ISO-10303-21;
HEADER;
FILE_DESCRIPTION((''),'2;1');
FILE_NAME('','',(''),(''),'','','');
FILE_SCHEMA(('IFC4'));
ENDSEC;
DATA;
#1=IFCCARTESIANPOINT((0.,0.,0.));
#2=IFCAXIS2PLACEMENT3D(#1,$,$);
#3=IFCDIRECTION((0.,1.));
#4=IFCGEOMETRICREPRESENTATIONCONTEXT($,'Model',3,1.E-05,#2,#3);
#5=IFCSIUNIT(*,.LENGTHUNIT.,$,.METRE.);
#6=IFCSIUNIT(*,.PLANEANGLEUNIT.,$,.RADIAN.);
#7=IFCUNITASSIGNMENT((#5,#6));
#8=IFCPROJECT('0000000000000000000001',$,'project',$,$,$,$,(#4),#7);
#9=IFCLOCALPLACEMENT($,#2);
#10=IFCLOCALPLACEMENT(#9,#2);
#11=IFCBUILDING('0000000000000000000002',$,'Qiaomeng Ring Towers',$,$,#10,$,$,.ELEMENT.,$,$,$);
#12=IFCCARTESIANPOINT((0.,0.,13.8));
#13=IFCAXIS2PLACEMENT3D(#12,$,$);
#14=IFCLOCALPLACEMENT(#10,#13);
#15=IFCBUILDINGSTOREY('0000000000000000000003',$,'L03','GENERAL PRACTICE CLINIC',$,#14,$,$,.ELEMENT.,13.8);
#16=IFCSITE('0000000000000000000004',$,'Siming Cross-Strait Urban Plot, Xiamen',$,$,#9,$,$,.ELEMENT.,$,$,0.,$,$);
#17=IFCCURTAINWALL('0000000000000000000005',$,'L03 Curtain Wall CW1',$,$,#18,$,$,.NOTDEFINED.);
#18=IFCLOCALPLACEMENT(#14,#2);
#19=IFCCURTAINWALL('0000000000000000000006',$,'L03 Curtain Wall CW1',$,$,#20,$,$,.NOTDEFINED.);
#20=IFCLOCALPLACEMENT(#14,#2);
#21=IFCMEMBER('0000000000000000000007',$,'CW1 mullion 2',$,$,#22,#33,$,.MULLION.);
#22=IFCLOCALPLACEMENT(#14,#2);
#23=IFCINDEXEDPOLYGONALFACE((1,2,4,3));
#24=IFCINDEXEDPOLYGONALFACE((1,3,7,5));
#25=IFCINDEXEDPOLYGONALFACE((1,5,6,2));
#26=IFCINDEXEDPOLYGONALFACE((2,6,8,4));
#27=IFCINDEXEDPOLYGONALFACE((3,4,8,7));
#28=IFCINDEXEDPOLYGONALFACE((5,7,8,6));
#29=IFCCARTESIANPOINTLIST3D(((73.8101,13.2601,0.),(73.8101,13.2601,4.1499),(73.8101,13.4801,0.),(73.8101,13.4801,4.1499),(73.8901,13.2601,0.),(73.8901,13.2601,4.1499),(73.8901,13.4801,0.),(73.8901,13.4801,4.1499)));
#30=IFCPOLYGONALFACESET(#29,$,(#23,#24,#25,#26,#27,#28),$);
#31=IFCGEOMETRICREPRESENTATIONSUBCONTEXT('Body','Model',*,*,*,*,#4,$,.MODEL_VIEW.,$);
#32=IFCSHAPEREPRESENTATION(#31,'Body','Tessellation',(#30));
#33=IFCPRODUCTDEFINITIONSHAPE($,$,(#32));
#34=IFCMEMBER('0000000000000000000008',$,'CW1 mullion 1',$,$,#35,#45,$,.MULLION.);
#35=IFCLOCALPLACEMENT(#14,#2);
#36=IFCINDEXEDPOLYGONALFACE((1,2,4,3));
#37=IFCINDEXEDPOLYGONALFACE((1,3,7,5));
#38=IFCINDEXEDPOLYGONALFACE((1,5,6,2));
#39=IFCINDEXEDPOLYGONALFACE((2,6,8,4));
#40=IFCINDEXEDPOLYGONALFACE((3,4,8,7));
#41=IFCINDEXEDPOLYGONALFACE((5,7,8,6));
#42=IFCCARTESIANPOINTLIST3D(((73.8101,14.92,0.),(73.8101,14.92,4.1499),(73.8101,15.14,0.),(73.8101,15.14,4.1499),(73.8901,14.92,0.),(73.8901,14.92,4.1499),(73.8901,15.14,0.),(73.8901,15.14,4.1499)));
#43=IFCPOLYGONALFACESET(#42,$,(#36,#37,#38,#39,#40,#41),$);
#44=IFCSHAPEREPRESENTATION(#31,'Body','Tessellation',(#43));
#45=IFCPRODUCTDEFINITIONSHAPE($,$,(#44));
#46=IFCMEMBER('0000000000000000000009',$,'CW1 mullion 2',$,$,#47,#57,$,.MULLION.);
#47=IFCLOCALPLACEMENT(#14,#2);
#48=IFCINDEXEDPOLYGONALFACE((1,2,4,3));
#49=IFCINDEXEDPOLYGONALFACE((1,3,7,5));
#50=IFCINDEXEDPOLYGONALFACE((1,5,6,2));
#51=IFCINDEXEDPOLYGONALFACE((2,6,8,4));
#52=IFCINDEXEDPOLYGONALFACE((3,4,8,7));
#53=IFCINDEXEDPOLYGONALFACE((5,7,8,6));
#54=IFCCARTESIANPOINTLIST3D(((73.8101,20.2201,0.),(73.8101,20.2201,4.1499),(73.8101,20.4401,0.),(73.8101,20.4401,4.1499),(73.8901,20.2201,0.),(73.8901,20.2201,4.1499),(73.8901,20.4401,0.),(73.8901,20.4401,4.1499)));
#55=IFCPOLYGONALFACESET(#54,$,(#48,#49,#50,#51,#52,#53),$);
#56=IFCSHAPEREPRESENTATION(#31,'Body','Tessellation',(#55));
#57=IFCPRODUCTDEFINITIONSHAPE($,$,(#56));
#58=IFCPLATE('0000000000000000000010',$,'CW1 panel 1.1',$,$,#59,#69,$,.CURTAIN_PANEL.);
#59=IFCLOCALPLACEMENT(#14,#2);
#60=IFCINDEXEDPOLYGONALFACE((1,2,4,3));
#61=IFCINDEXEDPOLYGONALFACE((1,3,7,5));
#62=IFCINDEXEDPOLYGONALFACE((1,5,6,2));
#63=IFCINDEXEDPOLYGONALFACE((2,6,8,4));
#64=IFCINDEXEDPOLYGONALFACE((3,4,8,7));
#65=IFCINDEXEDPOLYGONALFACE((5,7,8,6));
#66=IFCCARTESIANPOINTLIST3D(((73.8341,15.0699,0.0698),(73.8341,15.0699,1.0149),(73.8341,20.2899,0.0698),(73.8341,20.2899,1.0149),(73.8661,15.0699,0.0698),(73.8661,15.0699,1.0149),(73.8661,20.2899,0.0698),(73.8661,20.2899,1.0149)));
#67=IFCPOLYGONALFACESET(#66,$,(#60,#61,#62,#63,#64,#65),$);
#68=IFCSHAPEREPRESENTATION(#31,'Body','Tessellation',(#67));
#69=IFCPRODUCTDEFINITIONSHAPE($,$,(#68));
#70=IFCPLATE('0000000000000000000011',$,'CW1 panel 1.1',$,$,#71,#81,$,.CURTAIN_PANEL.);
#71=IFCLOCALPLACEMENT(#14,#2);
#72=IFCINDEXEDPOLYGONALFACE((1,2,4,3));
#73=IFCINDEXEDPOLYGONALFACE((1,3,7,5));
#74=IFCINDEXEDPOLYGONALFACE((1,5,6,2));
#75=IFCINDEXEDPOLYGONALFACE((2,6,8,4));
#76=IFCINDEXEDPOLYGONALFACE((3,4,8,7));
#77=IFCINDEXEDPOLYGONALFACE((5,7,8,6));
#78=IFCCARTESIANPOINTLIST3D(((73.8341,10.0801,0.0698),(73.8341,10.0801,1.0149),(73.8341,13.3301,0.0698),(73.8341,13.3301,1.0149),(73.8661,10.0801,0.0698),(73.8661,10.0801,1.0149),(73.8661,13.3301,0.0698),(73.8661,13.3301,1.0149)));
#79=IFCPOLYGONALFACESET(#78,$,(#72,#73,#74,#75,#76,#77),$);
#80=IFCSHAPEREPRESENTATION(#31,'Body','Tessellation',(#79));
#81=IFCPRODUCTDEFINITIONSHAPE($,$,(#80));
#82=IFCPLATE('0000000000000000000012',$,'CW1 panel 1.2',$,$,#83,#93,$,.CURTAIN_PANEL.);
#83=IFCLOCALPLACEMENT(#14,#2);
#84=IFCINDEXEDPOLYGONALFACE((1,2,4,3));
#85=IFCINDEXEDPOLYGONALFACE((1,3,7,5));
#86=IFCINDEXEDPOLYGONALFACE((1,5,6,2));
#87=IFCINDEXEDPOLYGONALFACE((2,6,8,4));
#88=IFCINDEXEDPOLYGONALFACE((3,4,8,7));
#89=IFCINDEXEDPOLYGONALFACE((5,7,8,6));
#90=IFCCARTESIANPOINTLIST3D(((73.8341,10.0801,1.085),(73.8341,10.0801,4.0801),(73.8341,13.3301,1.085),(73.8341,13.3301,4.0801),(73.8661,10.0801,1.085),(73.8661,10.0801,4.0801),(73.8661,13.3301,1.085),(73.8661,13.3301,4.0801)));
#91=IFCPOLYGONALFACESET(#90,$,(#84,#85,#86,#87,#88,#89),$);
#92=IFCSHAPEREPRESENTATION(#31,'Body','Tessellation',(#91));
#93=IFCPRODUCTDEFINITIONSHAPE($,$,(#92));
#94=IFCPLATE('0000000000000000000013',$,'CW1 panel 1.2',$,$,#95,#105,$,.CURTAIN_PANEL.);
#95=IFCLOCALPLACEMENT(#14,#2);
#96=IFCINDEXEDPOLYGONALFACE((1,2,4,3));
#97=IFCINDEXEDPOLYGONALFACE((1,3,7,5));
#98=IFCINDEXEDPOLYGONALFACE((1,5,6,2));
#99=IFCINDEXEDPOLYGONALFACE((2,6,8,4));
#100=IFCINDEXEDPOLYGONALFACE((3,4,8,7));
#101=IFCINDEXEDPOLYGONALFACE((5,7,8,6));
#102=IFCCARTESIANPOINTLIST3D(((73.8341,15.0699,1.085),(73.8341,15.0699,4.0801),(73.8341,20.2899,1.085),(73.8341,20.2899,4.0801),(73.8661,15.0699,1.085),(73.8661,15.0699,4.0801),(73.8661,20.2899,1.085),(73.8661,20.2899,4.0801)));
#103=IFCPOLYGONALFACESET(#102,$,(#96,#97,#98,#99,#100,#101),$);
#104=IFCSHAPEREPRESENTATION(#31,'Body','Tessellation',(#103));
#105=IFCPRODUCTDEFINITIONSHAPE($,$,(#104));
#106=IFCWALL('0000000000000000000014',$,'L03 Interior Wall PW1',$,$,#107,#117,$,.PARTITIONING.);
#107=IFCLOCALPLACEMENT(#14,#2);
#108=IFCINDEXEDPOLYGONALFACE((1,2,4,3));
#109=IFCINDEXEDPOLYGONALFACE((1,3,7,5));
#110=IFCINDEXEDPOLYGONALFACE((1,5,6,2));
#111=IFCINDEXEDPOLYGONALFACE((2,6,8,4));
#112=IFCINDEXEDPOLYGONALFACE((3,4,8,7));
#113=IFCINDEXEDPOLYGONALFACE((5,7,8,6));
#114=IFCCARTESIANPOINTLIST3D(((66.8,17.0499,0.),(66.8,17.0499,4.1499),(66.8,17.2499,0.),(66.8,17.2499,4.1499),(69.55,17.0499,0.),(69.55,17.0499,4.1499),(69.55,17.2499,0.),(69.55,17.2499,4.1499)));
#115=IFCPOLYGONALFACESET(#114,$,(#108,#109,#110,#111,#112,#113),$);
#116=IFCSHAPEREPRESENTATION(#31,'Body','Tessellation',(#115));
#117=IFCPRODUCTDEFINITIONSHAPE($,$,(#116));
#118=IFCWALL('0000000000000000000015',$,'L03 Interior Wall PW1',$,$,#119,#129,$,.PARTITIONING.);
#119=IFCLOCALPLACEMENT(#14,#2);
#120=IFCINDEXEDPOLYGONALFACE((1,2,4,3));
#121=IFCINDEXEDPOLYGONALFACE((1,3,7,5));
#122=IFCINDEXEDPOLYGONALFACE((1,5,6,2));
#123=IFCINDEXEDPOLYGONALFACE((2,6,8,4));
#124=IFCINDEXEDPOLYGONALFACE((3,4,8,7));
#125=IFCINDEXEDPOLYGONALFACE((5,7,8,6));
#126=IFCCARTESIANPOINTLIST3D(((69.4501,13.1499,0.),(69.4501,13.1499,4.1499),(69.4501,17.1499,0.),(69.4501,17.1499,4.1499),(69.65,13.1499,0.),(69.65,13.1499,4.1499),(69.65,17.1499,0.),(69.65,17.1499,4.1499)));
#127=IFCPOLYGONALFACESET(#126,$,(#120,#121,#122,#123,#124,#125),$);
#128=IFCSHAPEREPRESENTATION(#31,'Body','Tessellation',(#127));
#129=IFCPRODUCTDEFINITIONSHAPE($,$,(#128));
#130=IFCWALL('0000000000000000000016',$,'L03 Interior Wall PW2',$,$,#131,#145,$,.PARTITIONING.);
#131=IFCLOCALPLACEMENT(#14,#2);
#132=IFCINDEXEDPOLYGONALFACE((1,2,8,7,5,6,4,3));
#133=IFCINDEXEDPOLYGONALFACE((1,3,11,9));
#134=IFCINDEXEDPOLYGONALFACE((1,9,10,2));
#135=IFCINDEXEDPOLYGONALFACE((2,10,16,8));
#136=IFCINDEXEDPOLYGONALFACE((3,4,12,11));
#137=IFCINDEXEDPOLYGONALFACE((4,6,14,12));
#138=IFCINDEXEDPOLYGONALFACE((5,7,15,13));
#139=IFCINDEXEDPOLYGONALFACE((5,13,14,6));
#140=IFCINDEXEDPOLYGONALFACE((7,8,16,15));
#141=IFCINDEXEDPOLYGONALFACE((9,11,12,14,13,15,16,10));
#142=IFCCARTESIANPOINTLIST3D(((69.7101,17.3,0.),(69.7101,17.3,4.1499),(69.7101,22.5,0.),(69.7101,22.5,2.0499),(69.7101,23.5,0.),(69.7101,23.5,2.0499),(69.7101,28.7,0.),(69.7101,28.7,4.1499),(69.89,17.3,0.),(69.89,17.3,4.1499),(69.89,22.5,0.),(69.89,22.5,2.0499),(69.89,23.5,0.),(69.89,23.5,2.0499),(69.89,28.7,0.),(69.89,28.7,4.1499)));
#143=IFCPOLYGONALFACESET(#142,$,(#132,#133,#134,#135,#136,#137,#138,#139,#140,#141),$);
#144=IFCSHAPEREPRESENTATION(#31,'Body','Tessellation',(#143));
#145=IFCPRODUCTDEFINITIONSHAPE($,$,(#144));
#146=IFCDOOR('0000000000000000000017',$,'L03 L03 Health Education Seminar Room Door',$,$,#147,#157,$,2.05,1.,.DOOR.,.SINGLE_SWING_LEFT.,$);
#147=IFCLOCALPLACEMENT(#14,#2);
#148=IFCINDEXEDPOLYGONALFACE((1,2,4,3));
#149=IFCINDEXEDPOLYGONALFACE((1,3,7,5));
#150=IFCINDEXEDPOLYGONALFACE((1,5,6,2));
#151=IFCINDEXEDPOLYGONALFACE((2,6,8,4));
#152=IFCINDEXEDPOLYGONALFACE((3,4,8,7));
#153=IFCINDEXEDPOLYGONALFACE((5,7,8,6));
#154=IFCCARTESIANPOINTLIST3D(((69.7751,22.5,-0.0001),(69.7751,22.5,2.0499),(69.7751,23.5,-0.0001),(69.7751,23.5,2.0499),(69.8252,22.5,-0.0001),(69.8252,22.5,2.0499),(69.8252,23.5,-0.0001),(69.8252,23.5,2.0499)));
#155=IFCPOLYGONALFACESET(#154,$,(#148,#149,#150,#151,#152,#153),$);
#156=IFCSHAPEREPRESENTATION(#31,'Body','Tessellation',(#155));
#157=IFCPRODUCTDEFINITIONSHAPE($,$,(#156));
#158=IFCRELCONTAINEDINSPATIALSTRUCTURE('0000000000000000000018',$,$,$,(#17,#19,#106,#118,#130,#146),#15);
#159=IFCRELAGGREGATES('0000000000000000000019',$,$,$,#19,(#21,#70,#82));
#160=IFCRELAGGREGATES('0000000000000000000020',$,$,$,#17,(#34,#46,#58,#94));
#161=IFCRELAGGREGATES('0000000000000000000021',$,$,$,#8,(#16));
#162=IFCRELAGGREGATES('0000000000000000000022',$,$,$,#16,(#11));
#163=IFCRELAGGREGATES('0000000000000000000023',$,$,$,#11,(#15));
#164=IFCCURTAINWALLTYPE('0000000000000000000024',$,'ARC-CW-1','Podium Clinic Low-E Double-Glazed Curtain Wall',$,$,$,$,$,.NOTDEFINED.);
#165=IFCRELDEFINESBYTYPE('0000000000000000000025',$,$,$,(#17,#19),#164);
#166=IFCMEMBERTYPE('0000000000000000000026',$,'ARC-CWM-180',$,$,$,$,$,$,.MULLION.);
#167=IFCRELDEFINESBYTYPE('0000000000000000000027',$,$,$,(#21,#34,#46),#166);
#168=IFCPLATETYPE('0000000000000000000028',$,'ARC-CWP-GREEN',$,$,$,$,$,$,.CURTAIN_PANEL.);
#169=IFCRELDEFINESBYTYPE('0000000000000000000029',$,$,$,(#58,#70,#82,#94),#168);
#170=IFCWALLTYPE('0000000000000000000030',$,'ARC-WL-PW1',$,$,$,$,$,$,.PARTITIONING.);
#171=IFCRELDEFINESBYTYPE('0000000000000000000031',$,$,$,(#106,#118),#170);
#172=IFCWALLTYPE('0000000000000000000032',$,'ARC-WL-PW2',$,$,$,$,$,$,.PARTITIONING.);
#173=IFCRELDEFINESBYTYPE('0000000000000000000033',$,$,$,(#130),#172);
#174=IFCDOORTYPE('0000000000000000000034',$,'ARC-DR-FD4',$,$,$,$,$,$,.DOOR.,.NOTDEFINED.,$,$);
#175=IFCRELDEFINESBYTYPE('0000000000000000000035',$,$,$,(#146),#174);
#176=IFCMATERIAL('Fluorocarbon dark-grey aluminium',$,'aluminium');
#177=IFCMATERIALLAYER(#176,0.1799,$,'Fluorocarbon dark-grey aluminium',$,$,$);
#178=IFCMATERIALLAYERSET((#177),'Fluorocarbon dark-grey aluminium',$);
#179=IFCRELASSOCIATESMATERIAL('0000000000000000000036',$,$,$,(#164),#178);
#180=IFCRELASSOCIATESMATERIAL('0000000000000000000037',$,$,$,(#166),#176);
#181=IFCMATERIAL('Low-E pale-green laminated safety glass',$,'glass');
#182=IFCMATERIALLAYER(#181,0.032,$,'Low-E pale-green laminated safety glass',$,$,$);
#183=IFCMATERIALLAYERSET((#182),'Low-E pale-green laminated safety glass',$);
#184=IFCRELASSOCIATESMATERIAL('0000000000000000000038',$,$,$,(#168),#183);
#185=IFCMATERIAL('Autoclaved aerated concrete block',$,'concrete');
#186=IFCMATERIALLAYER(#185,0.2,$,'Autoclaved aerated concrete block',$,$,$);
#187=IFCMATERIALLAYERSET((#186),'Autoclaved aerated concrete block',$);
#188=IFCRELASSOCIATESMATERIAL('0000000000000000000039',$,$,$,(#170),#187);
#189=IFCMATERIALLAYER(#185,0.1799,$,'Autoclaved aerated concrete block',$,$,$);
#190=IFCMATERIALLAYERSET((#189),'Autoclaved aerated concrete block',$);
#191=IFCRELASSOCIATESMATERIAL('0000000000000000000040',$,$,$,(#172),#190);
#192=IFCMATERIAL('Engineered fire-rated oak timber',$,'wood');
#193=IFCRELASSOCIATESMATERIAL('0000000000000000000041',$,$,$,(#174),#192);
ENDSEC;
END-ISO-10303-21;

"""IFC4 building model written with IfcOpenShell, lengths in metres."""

from ifc_helpers import new_model, si_unit, direction, frame, frame_2d, origin, origin_2d, place, context, subcontext, project, spatial, rectangle, extrude, source, transform, mapped, material, layer, layer_set, material_profile, profile_set, type_object, element, fill, aggregate, save


model = new_model("IFC4")

# Units and contexts
model_context = context("Model", 3, precision=1e-05, world=origin(), true_north=direction((0.0, 1.0)))
body_context = subcontext(model_context, "Body", "Model", "MODEL_VIEW")
ifc_project = project(units=[si_unit("LENGTHUNIT", "METRE"), si_unit("PLANEANGLEUNIT", "RADIAN")], contexts=[model_context])

# Site, building, storey
site_placement = place(None, origin())
site = spatial("IfcSite", under=ifc_project, at=site_placement, Name="Siming Cross-Strait Urban Plot, Xiamen", CompositionType="ELEMENT", RefElevation=0.0)
building_placement = place(site_placement, origin())
building = spatial("IfcBuilding", under=site, at=building_placement, Name="Qiaomeng Ring Towers", CompositionType="ELEMENT")
storey_placement = place(building_placement, frame((0.0, 0.0, 13.8)))
storey = spatial("IfcBuildingStorey", under=building, at=storey_placement, Name="L03", Description="GENERAL PRACTICE CLINIC", CompositionType="ELEMENT", Elevation=13.8)

# Curtain walls, member
ifc_material_1 = material(Name="Fluorocarbon dark-grey aluminium", Category="aluminium")
ifc_layer_1 = layer(ifc_material_1, 0.1799, Name="Fluorocarbon dark-grey aluminium")
ifc_layer_set_1 = layer_set([ifc_layer_1], Name="Fluorocarbon dark-grey aluminium")
curtain_wall_type = type_object("IfcCurtainWallType", Name="ARC-CW-1", Description="Podium Clinic Low-E Double-Glazed Curtain Wall", PredefinedType="NOTDEFINED", material=ifc_layer_set_1)
curtain_wall_1_placement = place(storey_placement, origin())
curtain_wall_1 = element("IfcCurtainWall", 1, at=curtain_wall_1_placement, inside=storey, type_object=curtain_wall_type, Name="L03 Curtain Wall CW1", PredefinedType="NOTDEFINED")
curtain_wall_2_placement = place(storey_placement, origin())
curtain_wall_2 = element("IfcCurtainWall", 2, at=curtain_wall_2_placement, inside=storey, type_object=curtain_wall_type, Name="L03 Curtain Wall CW1", PredefinedType="NOTDEFINED")
ifc_material_profile_1 = material_profile(ifc_material_1, rectangle(XDim=0.0801, YDim=0.22, at=origin_2d()), Name="ALU MULL 80x220")
ifc_profile_set_1 = profile_set([ifc_material_profile_1], Name="Fluorocarbon dark-grey aluminium")
member_type_1 = type_object("IfcMemberType", Name="ARC-CWM-180", PredefinedType="MULLION", material=ifc_profile_set_1)
shared_shape_1 = source(origin(), body_context, "Body", "SweptSolid", [
    extrude(rectangle(XDim=0.0801, YDim=0.22, at=origin_2d()), origin(), (0.0, 0.0, 1.0), 4.1499),
])
member_1_placement = place(storey_placement, frame((73.8501, 13.3701, 0.0), z_axis=(0.0, 0.0, 1.0), x_axis=(-1.0, 0.0, 0.0)))
member_1 = element("IfcMember", 3, at=member_1_placement, type_object=member_type_1, Name="CW1 mullion 2", PredefinedType="MULLION", context=body_context, shape_type="MappedRepresentation", body=[
    mapped(shared_shape_1, transform((0.0, 0.0, 0.0), x_axis=(1.0, 0.0, 0.0), y_axis=(0.0, 1.0, 0.0), z_axis=(0.0, 0.0, 1.0), scale=1.0)),
])

# Members
member_2_placement = place(storey_placement, frame((73.8501, 15.03, 0.0), z_axis=(0.0, 0.0, 1.0), x_axis=(-1.0, 0.0, 0.0)))
member_2 = element("IfcMember", 4, at=member_2_placement, type_object=member_type_1, Name="CW1 mullion 1", PredefinedType="MULLION", context=body_context, shape_type="MappedRepresentation", body=[
    mapped(shared_shape_1, transform((0.0, 0.0, 0.0), x_axis=(1.0, 0.0, 0.0), y_axis=(0.0, 1.0, 0.0), z_axis=(0.0, 0.0, 1.0), scale=1.0)),
])
member_3_placement = place(storey_placement, frame((73.8501, 20.3301, 0.0), z_axis=(0.0, 0.0, 1.0), x_axis=(-1.0, 0.0, 0.0)))
member_3 = element("IfcMember", 5, at=member_3_placement, type_object=member_type_1, Name="CW1 mullion 2", PredefinedType="MULLION", context=body_context, shape_type="MappedRepresentation", body=[
    mapped(shared_shape_1, transform((0.0, 0.0, 0.0), x_axis=(1.0, 0.0, 0.0), y_axis=(0.0, 1.0, 0.0), z_axis=(0.0, 0.0, 1.0), scale=1.0)),
])

# Plates
ifc_material_2 = material(Name="Low-E pale-green laminated safety glass", Category="glass")
ifc_layer_2 = layer(ifc_material_2, 0.032, Name="Low-E pale-green laminated safety glass")
ifc_layer_set_2 = layer_set([ifc_layer_2], Name="Low-E pale-green laminated safety glass")
plate_type = type_object("IfcPlateType", Name="ARC-CWP-GREEN", PredefinedType="CURTAIN_PANEL", material=ifc_layer_set_2)
shared_shape_2 = source(origin(), body_context, "Body", "SweptSolid", [
    extrude(rectangle(XDim=5.22, YDim=0.032, at=origin_2d()), origin(), (0.0, 0.0, 1.0), 0.9451),
])
plate_1_placement = place(storey_placement, frame((73.8501, 17.6799, 0.0698), z_axis=(0.0, 0.0, 1.0), x_axis=(0.0, 1.0, 0.0)))
plate_1 = element("IfcPlate", 6, at=plate_1_placement, type_object=plate_type, Name="CW1 panel 1.1", PredefinedType="CURTAIN_PANEL", context=body_context, shape_type="MappedRepresentation", body=[
    mapped(shared_shape_2, transform((0.0, 0.0, 0.0), x_axis=(1.0, 0.0, 0.0), y_axis=(0.0, 1.0, 0.0), z_axis=(0.0, 0.0, 1.0), scale=1.0)),
])
shared_shape_3 = source(origin(), body_context, "Body", "SweptSolid", [
    extrude(rectangle(XDim=3.25, YDim=0.032, at=origin_2d()), origin(), (0.0, 0.0, 1.0), 0.9451),
])
plate_2_placement = place(storey_placement, frame((73.8501, 11.7051, 0.0698), z_axis=(0.0, 0.0, 1.0), x_axis=(0.0, 1.0, 0.0)))
plate_2 = element("IfcPlate", 7, at=plate_2_placement, type_object=plate_type, Name="CW1 panel 1.1", PredefinedType="CURTAIN_PANEL", context=body_context, shape_type="MappedRepresentation", body=[
    mapped(shared_shape_3, transform((0.0, 0.0, 0.0), x_axis=(1.0, 0.0, 0.0), y_axis=(0.0, 1.0, 0.0), z_axis=(0.0, 0.0, 1.0), scale=1.0)),
])
shared_shape_4 = source(origin(), body_context, "Body", "SweptSolid", [
    extrude(rectangle(XDim=3.25, YDim=0.032, at=origin_2d()), origin(), (0.0, 0.0, 1.0), 2.9951),
])
plate_3_placement = place(storey_placement, frame((73.8501, 11.7051, 1.085), z_axis=(0.0, 0.0, 1.0), x_axis=(0.0, 1.0, 0.0)))
plate_3 = element("IfcPlate", 8, at=plate_3_placement, type_object=plate_type, Name="CW1 panel 1.2", PredefinedType="CURTAIN_PANEL", context=body_context, shape_type="MappedRepresentation", body=[
    mapped(shared_shape_4, transform((0.0, 0.0, 0.0), x_axis=(1.0, 0.0, 0.0), y_axis=(0.0, 1.0, 0.0), z_axis=(0.0, 0.0, 1.0), scale=1.0)),
])
aggregate(curtain_wall_2, [member_1, plate_2, plate_3])
shared_shape_5 = source(origin(), body_context, "Body", "SweptSolid", [
    extrude(rectangle(XDim=5.22, YDim=0.032, at=origin_2d()), origin(), (0.0, 0.0, 1.0), 2.9951),
])
plate_4_placement = place(storey_placement, frame((73.8501, 17.6799, 1.085), z_axis=(0.0, 0.0, 1.0), x_axis=(0.0, 1.0, 0.0)))
plate_4 = element("IfcPlate", 9, at=plate_4_placement, type_object=plate_type, Name="CW1 panel 1.2", PredefinedType="CURTAIN_PANEL", context=body_context, shape_type="MappedRepresentation", body=[
    mapped(shared_shape_5, transform((0.0, 0.0, 0.0), x_axis=(1.0, 0.0, 0.0), y_axis=(0.0, 1.0, 0.0), z_axis=(0.0, 0.0, 1.0), scale=1.0)),
])
aggregate(curtain_wall_1, [member_2, member_3, plate_1, plate_4])

# Walls
ifc_material_3 = material(Name="Autoclaved aerated concrete block", Category="concrete")
ifc_layer_3 = layer(ifc_material_3, 0.2, Name="Autoclaved aerated concrete block")
ifc_layer_set_3 = layer_set([ifc_layer_3], Name="Autoclaved aerated concrete block")
wall_type_1 = type_object("IfcWallType", Name="ARC-WL-PW1", PredefinedType="PARTITIONING", material=ifc_layer_set_3)
wall_1_placement = place(storey_placement, frame((66.8, 17.1499, 0.0), z_axis=(0.0, 0.0, 1.0), x_axis=(1.0, 0.0, 0.0)))
element("IfcWall", 10, at=wall_1_placement, inside=storey, type_object=wall_type_1, Name="L03 Interior Wall PW1", PredefinedType="PARTITIONING", context=body_context, shape_type="SweptSolid", body=[
    extrude(rectangle(XDim=2.75, YDim=0.2, at=frame_2d((1.375, 0.0))), origin(), (0.0, 0.0, 1.0), 4.1499),
])
wall_2_placement = place(storey_placement, frame((69.55, 13.1499, 0.0), z_axis=(0.0, 0.0, 1.0), x_axis=(0.0, 1.0, 0.0)))
element("IfcWall", 11, at=wall_2_placement, inside=storey, type_object=wall_type_1, Name="L03 Interior Wall PW1", PredefinedType="PARTITIONING", context=body_context, shape_type="SweptSolid", body=[
    extrude(rectangle(XDim=4.0, YDim=0.2, at=frame_2d((2.0, 0.0))), origin(), (0.0, 0.0, 1.0), 4.1499),
])

# Wall, opening, door
ifc_layer_4 = layer(ifc_material_3, 0.1799, Name="Autoclaved aerated concrete block")
ifc_layer_set_4 = layer_set([ifc_layer_4], Name="Autoclaved aerated concrete block")
wall_type_2 = type_object("IfcWallType", Name="ARC-WL-PW2", PredefinedType="PARTITIONING", material=ifc_layer_set_4)
wall_3_placement = place(storey_placement, frame((69.8, 17.3, 0.0), z_axis=(0.0, 0.0, 1.0), x_axis=(0.0, 1.0, 0.0)))
wall_3 = element("IfcWall", 12, at=wall_3_placement, inside=storey, type_object=wall_type_2, Name="L03 Interior Wall PW2", PredefinedType="PARTITIONING", context=body_context, shape_type="SweptSolid", body=[
    extrude(rectangle(XDim=11.3999, YDim=0.1799, at=frame_2d((5.7, 0.0))), origin(), (0.0, 0.0, 1.0), 4.1499),
])
opening_1_placement = place(wall_3_placement, frame((5.2, 0.0, 0.0)))
opening_1 = element("IfcOpeningElement", 13, at=opening_1_placement, cuts=wall_3, PredefinedType="OPENING", context=body_context, shape_type="SweptSolid", body=[
    extrude(rectangle(XDim=1.0, YDim=2.05, at=frame_2d((0.5, 1.0249))), frame((0.0, 0.0999, 0.0), z_axis=(0.0, -1.0, 0.0), x_axis=(1.0, 0.0, 0.0)), (0.0, 0.0, 1.0), 0.2),
])
ifc_material_4 = material(Name="Engineered fire-rated oak timber", Category="wood")
door_type = type_object("IfcDoorType", Name="ARC-DR-FD4", OperationType="NOTDEFINED", PredefinedType="DOOR", material=ifc_material_4)
shared_shape_6 = source(origin(), body_context, "Body", "SweptSolid", [
    extrude(rectangle(XDim=1.0, YDim=2.05, at=frame_2d((0.5, 1.0249))), frame((0.0, 0.0249, 0.0), z_axis=(0.0, -1.0, 0.0), x_axis=(1.0, 0.0, 0.0)), (0.0, 0.0, 1.0), 0.05),
])
door_1_placement = place(opening_1_placement, origin())
door_1 = element("IfcDoor", 14, at=door_1_placement, inside=storey, type_object=door_type, Name="L03 L03 Health Education Seminar Room Door", OperationType="SINGLE_SWING_LEFT", OverallHeight=2.05, OverallWidth=1.0, PredefinedType="DOOR", context=body_context, shape_type="MappedRepresentation", body=[
    mapped(shared_shape_6, transform((0.0, 0.0, 0.0), x_axis=(1.0, 0.0, 0.0), y_axis=(0.0, 1.0, 0.0), z_axis=(0.0, 0.0, 1.0), scale=1.0)),
])
fill(opening_1, door_1)

save(model, "model.ifc")
